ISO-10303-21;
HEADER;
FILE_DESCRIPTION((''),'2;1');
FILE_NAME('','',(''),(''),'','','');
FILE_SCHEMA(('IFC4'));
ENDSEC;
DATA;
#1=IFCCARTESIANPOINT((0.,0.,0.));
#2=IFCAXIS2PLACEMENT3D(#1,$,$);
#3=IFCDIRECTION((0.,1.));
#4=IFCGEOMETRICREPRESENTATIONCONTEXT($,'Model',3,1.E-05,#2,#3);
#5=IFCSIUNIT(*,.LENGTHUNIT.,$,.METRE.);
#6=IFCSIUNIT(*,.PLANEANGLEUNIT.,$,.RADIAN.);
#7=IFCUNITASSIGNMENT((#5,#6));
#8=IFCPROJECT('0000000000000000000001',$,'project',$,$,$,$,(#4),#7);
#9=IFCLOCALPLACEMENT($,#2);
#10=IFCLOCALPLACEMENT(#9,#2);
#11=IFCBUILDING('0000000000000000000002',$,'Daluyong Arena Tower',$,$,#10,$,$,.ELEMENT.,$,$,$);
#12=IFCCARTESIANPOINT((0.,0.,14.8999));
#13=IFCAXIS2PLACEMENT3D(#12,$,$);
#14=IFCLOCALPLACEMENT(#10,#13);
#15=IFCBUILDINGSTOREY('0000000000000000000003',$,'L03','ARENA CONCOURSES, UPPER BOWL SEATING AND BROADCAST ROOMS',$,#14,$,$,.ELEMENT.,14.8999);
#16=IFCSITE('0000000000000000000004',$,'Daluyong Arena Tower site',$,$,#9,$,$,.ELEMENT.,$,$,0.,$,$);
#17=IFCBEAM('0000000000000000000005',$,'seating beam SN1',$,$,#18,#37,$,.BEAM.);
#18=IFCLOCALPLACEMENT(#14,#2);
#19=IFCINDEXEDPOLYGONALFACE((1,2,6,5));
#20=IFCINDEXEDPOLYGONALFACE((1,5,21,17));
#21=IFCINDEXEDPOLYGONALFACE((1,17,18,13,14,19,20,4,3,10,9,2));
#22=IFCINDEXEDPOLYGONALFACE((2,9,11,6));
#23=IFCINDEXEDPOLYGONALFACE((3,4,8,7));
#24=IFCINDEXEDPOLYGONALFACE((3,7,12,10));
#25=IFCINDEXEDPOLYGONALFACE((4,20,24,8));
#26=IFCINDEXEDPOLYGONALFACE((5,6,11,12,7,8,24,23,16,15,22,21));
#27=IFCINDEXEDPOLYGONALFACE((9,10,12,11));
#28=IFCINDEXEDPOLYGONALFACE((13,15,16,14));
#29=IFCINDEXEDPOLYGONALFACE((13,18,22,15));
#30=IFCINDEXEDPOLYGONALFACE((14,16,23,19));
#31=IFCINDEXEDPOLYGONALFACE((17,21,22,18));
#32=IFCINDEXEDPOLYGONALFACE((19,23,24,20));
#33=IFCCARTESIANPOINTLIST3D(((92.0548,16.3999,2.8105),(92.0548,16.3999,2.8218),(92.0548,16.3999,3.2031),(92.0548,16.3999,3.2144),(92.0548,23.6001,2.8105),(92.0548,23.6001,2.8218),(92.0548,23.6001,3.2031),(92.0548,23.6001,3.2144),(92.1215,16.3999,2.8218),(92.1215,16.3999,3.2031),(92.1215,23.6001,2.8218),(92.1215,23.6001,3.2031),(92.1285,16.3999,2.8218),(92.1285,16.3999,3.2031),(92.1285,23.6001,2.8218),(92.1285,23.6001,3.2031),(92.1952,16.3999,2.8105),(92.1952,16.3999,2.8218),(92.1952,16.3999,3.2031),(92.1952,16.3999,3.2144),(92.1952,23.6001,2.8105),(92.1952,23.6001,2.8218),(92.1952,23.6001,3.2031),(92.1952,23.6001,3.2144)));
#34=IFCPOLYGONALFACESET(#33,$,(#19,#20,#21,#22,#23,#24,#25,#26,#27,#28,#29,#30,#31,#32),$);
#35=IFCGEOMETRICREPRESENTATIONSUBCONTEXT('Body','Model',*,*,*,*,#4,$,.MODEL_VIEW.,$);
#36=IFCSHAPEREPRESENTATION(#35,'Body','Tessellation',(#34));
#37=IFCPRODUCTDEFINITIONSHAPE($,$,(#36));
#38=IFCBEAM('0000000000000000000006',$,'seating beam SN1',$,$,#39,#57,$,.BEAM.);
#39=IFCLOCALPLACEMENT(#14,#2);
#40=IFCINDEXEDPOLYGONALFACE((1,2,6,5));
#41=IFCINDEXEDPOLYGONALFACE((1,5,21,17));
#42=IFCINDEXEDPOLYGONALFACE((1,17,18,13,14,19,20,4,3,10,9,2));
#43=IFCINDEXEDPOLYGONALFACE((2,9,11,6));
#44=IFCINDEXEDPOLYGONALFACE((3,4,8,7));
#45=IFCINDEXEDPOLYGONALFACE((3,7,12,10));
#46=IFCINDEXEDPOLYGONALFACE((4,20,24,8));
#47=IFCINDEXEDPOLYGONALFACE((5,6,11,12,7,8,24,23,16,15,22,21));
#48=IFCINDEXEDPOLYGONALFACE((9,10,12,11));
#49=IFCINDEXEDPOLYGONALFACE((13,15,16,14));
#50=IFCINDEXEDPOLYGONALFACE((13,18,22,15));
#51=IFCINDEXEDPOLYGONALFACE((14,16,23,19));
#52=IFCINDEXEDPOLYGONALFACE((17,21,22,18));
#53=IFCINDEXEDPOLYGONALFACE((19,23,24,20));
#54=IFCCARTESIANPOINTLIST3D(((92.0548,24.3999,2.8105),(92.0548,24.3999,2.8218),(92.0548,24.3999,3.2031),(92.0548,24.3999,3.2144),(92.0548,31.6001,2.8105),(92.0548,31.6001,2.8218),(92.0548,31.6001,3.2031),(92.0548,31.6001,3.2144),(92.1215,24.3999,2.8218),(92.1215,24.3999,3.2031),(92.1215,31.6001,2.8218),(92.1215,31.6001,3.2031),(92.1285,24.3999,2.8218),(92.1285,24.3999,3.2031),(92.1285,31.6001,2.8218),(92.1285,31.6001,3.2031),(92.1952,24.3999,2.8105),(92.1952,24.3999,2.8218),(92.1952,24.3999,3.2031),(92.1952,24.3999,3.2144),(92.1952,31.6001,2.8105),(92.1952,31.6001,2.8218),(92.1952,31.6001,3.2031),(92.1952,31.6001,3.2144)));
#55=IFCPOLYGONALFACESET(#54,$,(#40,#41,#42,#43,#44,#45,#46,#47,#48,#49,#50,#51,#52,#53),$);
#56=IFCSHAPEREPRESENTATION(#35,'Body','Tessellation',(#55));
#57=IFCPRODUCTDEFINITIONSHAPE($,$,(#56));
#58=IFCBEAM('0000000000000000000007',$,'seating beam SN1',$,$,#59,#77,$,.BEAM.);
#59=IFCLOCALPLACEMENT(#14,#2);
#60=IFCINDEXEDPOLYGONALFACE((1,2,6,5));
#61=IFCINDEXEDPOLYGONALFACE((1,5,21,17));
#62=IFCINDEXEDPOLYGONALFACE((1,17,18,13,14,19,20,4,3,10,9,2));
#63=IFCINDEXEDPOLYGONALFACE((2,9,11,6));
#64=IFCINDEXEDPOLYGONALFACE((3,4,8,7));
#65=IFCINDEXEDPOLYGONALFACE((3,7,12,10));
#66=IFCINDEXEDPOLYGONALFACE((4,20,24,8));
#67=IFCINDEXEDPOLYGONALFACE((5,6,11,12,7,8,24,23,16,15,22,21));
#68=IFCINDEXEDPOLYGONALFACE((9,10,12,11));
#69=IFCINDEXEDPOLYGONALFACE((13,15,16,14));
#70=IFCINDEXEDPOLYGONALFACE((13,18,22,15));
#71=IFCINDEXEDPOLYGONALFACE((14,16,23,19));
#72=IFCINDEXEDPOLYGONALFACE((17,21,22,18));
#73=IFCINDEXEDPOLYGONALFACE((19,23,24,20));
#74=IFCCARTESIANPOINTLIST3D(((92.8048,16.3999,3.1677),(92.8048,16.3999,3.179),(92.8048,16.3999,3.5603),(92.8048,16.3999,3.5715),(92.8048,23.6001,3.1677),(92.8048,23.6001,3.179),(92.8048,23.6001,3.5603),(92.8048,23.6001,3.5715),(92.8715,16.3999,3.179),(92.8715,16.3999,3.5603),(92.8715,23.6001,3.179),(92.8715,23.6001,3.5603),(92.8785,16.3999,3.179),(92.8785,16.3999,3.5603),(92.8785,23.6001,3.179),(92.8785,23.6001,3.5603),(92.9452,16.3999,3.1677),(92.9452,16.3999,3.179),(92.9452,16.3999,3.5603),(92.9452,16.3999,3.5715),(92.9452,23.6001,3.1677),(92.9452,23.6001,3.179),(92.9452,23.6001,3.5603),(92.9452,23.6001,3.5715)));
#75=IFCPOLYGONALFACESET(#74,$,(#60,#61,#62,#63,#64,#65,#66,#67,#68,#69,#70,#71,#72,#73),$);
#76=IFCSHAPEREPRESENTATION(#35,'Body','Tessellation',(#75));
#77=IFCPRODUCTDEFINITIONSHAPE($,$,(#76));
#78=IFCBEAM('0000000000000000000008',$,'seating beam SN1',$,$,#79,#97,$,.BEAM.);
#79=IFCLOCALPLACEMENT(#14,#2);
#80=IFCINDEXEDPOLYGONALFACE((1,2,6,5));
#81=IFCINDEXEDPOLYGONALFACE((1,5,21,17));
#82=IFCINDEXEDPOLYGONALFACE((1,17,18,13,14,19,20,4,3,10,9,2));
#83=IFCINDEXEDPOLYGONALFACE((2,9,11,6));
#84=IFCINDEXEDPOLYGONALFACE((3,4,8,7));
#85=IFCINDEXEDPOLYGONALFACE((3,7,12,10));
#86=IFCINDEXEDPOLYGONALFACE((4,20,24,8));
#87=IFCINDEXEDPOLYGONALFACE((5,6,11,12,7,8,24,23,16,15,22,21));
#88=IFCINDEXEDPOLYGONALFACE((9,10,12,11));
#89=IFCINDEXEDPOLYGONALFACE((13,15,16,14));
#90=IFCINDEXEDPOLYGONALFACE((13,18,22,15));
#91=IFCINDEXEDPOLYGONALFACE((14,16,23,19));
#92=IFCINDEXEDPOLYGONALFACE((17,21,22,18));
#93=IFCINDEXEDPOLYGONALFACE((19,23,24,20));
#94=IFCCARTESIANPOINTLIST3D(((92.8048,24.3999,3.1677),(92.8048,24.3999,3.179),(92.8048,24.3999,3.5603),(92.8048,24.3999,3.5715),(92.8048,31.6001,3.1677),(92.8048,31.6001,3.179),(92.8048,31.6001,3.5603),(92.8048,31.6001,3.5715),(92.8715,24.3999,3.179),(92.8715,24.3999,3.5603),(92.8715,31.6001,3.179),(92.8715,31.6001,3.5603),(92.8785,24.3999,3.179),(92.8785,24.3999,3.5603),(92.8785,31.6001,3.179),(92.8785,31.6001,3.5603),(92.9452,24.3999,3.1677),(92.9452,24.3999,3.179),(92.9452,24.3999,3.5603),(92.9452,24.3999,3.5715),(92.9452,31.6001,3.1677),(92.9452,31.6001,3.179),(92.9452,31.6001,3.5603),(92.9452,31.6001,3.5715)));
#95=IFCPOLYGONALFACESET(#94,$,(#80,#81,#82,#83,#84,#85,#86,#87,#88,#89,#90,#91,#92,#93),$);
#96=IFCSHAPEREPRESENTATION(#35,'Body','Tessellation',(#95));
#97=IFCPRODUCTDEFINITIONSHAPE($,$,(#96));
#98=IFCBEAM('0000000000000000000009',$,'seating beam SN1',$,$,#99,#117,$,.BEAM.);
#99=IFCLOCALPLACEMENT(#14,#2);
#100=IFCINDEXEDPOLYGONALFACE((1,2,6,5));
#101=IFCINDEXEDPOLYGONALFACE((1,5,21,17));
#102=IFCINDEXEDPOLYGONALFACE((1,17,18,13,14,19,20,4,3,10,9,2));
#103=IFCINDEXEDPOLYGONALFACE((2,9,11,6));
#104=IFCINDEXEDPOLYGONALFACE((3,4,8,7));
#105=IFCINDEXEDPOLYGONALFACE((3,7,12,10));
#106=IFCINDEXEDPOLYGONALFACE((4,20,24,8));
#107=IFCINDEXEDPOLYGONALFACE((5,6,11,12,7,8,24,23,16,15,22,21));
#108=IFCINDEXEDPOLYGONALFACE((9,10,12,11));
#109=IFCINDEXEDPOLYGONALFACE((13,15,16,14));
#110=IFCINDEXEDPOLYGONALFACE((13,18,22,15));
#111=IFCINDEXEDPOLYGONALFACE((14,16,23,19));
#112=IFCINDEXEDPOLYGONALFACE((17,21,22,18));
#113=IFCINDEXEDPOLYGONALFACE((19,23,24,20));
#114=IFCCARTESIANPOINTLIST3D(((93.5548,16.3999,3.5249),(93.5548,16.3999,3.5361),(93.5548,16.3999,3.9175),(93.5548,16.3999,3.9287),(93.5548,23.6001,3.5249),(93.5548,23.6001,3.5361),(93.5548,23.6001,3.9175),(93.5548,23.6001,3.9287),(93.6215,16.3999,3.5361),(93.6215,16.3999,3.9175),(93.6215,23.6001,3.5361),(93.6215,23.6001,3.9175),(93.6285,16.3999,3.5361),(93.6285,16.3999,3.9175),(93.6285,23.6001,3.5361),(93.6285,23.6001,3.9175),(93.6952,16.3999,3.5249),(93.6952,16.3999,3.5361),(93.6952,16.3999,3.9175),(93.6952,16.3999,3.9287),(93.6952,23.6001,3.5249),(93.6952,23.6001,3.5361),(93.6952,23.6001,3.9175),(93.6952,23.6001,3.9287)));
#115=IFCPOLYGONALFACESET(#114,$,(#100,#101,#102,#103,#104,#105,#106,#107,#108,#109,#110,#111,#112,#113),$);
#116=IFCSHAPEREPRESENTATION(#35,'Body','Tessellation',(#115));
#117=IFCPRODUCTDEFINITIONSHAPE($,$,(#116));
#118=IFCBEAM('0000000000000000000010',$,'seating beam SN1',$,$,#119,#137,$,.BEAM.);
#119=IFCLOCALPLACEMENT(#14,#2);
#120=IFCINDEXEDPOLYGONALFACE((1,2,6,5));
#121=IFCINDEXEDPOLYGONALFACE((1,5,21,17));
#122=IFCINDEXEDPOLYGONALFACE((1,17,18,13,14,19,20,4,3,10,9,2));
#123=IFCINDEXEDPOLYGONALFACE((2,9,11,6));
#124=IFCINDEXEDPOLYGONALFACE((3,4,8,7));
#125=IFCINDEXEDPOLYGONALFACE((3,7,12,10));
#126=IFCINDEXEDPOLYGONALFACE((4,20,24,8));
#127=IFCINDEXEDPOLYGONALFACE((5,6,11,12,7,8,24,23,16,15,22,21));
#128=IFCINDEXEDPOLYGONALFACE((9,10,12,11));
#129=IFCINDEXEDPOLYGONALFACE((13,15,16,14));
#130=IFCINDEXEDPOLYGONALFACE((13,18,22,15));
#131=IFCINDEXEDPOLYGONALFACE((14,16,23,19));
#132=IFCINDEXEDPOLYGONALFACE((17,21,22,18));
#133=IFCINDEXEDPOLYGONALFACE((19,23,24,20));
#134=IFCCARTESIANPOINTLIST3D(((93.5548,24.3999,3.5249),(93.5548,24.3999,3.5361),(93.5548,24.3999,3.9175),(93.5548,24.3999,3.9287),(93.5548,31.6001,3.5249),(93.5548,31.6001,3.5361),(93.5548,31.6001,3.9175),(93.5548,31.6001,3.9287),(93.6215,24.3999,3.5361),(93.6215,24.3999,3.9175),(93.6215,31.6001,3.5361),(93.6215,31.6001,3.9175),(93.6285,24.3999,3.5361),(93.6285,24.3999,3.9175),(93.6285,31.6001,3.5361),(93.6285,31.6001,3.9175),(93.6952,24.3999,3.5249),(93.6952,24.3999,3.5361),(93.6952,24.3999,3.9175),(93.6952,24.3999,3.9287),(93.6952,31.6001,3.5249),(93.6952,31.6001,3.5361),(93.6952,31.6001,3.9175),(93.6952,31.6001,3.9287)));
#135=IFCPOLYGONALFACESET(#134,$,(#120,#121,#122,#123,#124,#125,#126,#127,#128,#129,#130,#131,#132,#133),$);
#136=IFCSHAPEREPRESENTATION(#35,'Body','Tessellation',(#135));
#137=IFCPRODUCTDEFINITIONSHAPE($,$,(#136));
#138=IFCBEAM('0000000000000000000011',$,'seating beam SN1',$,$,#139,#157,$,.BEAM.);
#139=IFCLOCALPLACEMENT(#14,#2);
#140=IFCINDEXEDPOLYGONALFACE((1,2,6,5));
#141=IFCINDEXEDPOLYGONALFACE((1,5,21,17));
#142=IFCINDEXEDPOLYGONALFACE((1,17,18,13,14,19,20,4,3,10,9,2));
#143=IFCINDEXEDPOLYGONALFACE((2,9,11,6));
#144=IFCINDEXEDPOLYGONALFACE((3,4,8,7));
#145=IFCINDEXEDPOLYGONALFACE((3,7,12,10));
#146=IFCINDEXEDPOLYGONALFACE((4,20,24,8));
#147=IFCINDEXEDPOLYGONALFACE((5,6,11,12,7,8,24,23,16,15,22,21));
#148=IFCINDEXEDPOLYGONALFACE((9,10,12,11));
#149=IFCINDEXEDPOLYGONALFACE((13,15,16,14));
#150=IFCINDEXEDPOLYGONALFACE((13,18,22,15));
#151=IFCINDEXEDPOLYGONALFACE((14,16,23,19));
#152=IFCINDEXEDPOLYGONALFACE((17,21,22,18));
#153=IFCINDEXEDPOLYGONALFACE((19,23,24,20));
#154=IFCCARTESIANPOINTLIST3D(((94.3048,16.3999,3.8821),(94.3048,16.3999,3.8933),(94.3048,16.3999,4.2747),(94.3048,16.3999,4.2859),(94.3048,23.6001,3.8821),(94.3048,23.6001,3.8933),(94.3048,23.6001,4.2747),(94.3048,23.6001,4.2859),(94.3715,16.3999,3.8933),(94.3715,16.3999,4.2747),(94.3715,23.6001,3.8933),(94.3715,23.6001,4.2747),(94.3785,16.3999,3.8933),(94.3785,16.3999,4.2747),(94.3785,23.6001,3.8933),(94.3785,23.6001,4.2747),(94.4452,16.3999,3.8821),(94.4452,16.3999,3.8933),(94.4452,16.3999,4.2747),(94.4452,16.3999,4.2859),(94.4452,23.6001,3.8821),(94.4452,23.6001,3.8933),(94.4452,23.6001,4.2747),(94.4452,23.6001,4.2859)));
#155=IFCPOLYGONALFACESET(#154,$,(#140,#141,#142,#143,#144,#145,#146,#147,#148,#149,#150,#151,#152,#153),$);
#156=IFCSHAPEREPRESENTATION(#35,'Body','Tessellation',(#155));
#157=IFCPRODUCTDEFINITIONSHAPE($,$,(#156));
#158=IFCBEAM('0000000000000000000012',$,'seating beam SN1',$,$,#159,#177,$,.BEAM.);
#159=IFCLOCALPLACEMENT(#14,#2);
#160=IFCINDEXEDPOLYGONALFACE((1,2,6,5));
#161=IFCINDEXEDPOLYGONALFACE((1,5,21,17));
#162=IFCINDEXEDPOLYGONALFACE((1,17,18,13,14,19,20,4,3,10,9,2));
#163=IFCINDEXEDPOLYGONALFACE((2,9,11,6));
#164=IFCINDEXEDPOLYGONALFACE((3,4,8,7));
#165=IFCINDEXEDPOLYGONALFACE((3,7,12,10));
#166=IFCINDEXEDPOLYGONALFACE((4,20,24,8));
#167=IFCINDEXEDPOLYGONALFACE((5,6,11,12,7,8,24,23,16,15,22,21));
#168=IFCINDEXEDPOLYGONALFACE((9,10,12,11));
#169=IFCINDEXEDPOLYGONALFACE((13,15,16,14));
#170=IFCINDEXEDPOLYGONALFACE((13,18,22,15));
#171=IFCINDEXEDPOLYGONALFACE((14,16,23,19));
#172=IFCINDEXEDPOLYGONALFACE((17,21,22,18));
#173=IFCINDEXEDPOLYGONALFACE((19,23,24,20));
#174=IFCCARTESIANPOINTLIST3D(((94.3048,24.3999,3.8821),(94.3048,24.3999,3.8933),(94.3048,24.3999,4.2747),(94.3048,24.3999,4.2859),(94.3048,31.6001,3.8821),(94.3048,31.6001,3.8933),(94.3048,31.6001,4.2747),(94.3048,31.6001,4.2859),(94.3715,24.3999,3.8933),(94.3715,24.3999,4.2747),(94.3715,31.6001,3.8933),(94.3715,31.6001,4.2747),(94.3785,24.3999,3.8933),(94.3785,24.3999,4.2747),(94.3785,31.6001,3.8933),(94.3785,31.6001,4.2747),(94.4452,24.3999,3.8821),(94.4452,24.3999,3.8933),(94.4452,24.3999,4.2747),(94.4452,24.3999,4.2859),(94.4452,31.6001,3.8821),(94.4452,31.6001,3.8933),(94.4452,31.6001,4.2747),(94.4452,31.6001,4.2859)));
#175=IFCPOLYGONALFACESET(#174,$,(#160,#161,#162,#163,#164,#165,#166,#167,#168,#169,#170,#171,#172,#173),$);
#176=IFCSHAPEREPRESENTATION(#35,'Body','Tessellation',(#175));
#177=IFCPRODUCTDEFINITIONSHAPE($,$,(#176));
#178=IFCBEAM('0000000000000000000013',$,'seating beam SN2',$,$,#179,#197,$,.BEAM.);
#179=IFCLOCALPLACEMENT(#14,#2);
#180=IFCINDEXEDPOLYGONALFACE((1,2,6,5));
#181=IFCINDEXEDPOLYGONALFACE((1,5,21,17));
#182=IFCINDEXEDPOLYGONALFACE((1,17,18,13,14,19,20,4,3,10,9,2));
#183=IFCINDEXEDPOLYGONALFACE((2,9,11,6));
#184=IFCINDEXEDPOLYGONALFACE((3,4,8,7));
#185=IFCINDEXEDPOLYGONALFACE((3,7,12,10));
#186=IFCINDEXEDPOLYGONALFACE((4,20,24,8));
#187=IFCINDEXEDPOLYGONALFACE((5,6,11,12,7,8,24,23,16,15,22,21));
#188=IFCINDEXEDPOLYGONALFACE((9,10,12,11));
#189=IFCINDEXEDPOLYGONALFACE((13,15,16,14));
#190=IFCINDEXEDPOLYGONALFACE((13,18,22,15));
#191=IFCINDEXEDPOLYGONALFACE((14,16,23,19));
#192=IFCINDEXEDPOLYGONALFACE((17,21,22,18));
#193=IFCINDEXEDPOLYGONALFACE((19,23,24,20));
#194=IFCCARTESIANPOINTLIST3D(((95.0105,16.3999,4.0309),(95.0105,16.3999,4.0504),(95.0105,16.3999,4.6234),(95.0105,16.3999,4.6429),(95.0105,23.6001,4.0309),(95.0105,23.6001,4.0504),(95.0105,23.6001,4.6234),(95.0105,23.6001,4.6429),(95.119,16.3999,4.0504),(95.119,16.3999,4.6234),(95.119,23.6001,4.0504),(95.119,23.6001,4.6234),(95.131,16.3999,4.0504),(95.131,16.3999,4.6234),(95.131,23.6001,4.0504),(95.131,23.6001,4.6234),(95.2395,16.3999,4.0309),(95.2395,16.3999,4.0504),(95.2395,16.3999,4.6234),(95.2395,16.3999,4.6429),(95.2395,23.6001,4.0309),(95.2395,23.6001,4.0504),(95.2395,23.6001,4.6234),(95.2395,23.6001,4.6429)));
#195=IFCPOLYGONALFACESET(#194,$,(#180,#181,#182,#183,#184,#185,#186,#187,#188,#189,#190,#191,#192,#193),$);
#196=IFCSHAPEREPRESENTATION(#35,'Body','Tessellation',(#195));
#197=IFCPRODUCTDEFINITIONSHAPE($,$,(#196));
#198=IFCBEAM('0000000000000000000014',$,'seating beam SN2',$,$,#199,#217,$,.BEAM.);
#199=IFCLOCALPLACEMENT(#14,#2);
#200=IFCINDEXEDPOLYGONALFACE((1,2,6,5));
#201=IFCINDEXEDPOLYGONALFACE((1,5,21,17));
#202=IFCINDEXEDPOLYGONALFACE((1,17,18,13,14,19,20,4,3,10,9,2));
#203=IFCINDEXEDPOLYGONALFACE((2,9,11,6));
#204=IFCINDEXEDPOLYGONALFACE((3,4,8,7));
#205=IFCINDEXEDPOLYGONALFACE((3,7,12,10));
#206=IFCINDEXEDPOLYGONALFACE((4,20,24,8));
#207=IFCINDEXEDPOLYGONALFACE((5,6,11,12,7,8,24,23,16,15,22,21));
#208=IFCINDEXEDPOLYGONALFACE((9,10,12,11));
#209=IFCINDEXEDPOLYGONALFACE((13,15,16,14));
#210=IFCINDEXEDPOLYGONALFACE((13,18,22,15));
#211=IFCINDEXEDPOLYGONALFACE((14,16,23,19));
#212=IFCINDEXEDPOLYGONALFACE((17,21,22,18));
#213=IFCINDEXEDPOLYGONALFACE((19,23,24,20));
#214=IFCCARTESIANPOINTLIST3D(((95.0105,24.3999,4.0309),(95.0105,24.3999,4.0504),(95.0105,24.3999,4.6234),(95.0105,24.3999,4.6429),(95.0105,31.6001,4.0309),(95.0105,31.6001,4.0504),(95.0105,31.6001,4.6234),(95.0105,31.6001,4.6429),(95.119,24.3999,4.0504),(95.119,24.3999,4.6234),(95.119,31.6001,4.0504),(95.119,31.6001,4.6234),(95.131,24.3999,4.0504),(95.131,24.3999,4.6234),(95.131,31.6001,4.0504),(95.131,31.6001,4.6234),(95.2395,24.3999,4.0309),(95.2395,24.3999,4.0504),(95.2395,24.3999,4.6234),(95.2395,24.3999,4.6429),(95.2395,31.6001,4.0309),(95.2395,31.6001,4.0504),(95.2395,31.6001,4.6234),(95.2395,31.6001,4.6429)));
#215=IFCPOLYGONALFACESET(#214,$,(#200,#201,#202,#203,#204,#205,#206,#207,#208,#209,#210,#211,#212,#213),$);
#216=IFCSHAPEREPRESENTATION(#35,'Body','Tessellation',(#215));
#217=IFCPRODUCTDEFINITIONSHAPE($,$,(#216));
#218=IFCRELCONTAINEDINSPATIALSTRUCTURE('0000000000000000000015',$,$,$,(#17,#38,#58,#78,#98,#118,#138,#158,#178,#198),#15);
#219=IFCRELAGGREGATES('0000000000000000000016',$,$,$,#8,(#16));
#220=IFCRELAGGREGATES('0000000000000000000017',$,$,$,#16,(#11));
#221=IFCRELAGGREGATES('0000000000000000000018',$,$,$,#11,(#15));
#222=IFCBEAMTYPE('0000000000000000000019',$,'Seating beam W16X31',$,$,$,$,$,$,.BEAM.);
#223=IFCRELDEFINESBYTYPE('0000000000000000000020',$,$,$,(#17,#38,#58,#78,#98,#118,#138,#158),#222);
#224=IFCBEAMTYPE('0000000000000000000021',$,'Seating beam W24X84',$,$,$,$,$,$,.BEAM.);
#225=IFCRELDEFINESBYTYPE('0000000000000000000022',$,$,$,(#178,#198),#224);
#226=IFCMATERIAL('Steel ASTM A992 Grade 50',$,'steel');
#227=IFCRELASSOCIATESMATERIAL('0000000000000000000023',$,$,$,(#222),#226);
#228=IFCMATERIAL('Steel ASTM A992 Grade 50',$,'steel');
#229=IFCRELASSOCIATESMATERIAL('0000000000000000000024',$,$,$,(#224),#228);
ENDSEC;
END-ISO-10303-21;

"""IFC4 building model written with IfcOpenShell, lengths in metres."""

from ifc_helpers import new_model, si_unit, direction, frame, origin, origin_2d, place, context, subcontext, project, spatial, i_section, extrude, material, material_profile, profile_set, type_object, element, save


model = new_model("IFC4")

# Units and contexts
model_context = context("Model", 3, precision=1e-05, world=origin(), true_north=direction((0.0, 1.0)))
body_context = subcontext(model_context, "Body", "Model", "MODEL_VIEW")
ifc_project = project(units=[si_unit("LENGTHUNIT", "METRE"), si_unit("PLANEANGLEUNIT", "RADIAN")], contexts=[model_context])

# Site, building, storey
site_placement = place(None, origin())
site = spatial("IfcSite", under=ifc_project, at=site_placement, Name="Daluyong Arena Tower site", CompositionType="ELEMENT", RefElevation=0.0)
building_placement = place(site_placement, origin())
building = spatial("IfcBuilding", under=site, at=building_placement, Name="Daluyong Arena Tower", CompositionType="ELEMENT")
storey_placement = place(building_placement, frame((0.0, 0.0, 14.8999)))
storey = spatial("IfcBuildingStorey", under=building, at=storey_placement, Name="L03", Description="ARENA CONCOURSES, UPPER BOWL SEATING AND BROADCAST ROOMS", CompositionType="ELEMENT", Elevation=14.8999)

# Beams
ifc_material_1 = material(Name="Steel ASTM A992 Grade 50", Category="steel")
ifc_material_profile_1 = material_profile(ifc_material_1, i_section(OverallWidth=0.1404, OverallDepth=0.4038, WebThickness=0.0071, FlangeThickness=0.0112, at=origin_2d()))
ifc_profile_set_1 = profile_set([ifc_material_profile_1], Name="Steel ASTM A992 Grade 50")
beam_type_1 = type_object("IfcBeamType", Name="Seating beam W16X31", PredefinedType="BEAM", material=ifc_profile_set_1)
for number, where, z_axis, x_axis, name in (
    (1, (92.125, 16.3999, 3.0125), (0.0, 1.0, 0.0), (-1.0, 0.0, 0.0), "seating beam SN1"),
    (2, (92.125, 24.3999, 3.0125), (0.0, 1.0, 0.0), (-1.0, 0.0, 0.0), "seating beam SN1"),
    (3, (92.875, 16.3999, 3.3696), (0.0, 1.0, 0.0), (-1.0, 0.0, 0.0), "seating beam SN1"),
    (4, (92.875, 24.3999, 3.3696), (0.0, 1.0, 0.0), (-1.0, 0.0, 0.0), "seating beam SN1"),
    (5, (93.625, 16.3999, 3.7268), (0.0, 1.0, 0.0), (-1.0, 0.0, 0.0), "seating beam SN1"),
    (6, (93.625, 24.3999, 3.7268), (0.0, 1.0, 0.0), (-1.0, 0.0, 0.0), "seating beam SN1"),
    (7, (94.375, 16.3999, 4.084), (0.0, 1.0, 0.0), (-1.0, 0.0, 0.0), "seating beam SN1"),
    (8, (94.375, 24.3999, 4.084), (0.0, 1.0, 0.0), (-1.0, 0.0, 0.0), "seating beam SN1"),
):
    element("IfcBeam", number, at=place(storey_placement, frame(where, z_axis=z_axis, x_axis=x_axis)), inside=storey, type_object=beam_type_1, Name=name, PredefinedType="BEAM", context=body_context, shape_type="SweptSolid", body=[
        extrude(i_section(OverallWidth=0.1404, OverallDepth=0.4038, WebThickness=0.0071, FlangeThickness=0.0112, at=origin_2d()), origin(), (0.0, 0.0, 1.0), 7.2002),
    ])
ifc_material_2 = material(Name="Steel ASTM A992 Grade 50", Category="steel")
ifc_material_profile_2 = material_profile(ifc_material_2, i_section(OverallWidth=0.229, OverallDepth=0.6121, WebThickness=0.012, FlangeThickness=0.0195, at=origin_2d()))
ifc_profile_set_2 = profile_set([ifc_material_profile_2], Name="Steel ASTM A992 Grade 50")
beam_type_2 = type_object("IfcBeamType", Name="Seating beam W24X84", PredefinedType="BEAM", material=ifc_profile_set_2)
for number, where, z_axis, x_axis, name in (
    (9, (95.125, 16.3999, 4.3369), (0.0, 1.0, 0.0), (-1.0, 0.0, 0.0), "seating beam SN2"),
    (10, (95.125, 24.3999, 4.3369), (0.0, 1.0, 0.0), (-1.0, 0.0, 0.0), "seating beam SN2"),
):
    element("IfcBeam", number, at=place(storey_placement, frame(where, z_axis=z_axis, x_axis=x_axis)), inside=storey, type_object=beam_type_2, Name=name, PredefinedType="BEAM", context=body_context, shape_type="SweptSolid", body=[
        extrude(i_section(OverallWidth=0.229, OverallDepth=0.6121, WebThickness=0.012, FlangeThickness=0.0195, at=origin_2d()), origin(), (0.0, 0.0, 1.0), 7.2002),
    ])

save(model, "model.ifc")
